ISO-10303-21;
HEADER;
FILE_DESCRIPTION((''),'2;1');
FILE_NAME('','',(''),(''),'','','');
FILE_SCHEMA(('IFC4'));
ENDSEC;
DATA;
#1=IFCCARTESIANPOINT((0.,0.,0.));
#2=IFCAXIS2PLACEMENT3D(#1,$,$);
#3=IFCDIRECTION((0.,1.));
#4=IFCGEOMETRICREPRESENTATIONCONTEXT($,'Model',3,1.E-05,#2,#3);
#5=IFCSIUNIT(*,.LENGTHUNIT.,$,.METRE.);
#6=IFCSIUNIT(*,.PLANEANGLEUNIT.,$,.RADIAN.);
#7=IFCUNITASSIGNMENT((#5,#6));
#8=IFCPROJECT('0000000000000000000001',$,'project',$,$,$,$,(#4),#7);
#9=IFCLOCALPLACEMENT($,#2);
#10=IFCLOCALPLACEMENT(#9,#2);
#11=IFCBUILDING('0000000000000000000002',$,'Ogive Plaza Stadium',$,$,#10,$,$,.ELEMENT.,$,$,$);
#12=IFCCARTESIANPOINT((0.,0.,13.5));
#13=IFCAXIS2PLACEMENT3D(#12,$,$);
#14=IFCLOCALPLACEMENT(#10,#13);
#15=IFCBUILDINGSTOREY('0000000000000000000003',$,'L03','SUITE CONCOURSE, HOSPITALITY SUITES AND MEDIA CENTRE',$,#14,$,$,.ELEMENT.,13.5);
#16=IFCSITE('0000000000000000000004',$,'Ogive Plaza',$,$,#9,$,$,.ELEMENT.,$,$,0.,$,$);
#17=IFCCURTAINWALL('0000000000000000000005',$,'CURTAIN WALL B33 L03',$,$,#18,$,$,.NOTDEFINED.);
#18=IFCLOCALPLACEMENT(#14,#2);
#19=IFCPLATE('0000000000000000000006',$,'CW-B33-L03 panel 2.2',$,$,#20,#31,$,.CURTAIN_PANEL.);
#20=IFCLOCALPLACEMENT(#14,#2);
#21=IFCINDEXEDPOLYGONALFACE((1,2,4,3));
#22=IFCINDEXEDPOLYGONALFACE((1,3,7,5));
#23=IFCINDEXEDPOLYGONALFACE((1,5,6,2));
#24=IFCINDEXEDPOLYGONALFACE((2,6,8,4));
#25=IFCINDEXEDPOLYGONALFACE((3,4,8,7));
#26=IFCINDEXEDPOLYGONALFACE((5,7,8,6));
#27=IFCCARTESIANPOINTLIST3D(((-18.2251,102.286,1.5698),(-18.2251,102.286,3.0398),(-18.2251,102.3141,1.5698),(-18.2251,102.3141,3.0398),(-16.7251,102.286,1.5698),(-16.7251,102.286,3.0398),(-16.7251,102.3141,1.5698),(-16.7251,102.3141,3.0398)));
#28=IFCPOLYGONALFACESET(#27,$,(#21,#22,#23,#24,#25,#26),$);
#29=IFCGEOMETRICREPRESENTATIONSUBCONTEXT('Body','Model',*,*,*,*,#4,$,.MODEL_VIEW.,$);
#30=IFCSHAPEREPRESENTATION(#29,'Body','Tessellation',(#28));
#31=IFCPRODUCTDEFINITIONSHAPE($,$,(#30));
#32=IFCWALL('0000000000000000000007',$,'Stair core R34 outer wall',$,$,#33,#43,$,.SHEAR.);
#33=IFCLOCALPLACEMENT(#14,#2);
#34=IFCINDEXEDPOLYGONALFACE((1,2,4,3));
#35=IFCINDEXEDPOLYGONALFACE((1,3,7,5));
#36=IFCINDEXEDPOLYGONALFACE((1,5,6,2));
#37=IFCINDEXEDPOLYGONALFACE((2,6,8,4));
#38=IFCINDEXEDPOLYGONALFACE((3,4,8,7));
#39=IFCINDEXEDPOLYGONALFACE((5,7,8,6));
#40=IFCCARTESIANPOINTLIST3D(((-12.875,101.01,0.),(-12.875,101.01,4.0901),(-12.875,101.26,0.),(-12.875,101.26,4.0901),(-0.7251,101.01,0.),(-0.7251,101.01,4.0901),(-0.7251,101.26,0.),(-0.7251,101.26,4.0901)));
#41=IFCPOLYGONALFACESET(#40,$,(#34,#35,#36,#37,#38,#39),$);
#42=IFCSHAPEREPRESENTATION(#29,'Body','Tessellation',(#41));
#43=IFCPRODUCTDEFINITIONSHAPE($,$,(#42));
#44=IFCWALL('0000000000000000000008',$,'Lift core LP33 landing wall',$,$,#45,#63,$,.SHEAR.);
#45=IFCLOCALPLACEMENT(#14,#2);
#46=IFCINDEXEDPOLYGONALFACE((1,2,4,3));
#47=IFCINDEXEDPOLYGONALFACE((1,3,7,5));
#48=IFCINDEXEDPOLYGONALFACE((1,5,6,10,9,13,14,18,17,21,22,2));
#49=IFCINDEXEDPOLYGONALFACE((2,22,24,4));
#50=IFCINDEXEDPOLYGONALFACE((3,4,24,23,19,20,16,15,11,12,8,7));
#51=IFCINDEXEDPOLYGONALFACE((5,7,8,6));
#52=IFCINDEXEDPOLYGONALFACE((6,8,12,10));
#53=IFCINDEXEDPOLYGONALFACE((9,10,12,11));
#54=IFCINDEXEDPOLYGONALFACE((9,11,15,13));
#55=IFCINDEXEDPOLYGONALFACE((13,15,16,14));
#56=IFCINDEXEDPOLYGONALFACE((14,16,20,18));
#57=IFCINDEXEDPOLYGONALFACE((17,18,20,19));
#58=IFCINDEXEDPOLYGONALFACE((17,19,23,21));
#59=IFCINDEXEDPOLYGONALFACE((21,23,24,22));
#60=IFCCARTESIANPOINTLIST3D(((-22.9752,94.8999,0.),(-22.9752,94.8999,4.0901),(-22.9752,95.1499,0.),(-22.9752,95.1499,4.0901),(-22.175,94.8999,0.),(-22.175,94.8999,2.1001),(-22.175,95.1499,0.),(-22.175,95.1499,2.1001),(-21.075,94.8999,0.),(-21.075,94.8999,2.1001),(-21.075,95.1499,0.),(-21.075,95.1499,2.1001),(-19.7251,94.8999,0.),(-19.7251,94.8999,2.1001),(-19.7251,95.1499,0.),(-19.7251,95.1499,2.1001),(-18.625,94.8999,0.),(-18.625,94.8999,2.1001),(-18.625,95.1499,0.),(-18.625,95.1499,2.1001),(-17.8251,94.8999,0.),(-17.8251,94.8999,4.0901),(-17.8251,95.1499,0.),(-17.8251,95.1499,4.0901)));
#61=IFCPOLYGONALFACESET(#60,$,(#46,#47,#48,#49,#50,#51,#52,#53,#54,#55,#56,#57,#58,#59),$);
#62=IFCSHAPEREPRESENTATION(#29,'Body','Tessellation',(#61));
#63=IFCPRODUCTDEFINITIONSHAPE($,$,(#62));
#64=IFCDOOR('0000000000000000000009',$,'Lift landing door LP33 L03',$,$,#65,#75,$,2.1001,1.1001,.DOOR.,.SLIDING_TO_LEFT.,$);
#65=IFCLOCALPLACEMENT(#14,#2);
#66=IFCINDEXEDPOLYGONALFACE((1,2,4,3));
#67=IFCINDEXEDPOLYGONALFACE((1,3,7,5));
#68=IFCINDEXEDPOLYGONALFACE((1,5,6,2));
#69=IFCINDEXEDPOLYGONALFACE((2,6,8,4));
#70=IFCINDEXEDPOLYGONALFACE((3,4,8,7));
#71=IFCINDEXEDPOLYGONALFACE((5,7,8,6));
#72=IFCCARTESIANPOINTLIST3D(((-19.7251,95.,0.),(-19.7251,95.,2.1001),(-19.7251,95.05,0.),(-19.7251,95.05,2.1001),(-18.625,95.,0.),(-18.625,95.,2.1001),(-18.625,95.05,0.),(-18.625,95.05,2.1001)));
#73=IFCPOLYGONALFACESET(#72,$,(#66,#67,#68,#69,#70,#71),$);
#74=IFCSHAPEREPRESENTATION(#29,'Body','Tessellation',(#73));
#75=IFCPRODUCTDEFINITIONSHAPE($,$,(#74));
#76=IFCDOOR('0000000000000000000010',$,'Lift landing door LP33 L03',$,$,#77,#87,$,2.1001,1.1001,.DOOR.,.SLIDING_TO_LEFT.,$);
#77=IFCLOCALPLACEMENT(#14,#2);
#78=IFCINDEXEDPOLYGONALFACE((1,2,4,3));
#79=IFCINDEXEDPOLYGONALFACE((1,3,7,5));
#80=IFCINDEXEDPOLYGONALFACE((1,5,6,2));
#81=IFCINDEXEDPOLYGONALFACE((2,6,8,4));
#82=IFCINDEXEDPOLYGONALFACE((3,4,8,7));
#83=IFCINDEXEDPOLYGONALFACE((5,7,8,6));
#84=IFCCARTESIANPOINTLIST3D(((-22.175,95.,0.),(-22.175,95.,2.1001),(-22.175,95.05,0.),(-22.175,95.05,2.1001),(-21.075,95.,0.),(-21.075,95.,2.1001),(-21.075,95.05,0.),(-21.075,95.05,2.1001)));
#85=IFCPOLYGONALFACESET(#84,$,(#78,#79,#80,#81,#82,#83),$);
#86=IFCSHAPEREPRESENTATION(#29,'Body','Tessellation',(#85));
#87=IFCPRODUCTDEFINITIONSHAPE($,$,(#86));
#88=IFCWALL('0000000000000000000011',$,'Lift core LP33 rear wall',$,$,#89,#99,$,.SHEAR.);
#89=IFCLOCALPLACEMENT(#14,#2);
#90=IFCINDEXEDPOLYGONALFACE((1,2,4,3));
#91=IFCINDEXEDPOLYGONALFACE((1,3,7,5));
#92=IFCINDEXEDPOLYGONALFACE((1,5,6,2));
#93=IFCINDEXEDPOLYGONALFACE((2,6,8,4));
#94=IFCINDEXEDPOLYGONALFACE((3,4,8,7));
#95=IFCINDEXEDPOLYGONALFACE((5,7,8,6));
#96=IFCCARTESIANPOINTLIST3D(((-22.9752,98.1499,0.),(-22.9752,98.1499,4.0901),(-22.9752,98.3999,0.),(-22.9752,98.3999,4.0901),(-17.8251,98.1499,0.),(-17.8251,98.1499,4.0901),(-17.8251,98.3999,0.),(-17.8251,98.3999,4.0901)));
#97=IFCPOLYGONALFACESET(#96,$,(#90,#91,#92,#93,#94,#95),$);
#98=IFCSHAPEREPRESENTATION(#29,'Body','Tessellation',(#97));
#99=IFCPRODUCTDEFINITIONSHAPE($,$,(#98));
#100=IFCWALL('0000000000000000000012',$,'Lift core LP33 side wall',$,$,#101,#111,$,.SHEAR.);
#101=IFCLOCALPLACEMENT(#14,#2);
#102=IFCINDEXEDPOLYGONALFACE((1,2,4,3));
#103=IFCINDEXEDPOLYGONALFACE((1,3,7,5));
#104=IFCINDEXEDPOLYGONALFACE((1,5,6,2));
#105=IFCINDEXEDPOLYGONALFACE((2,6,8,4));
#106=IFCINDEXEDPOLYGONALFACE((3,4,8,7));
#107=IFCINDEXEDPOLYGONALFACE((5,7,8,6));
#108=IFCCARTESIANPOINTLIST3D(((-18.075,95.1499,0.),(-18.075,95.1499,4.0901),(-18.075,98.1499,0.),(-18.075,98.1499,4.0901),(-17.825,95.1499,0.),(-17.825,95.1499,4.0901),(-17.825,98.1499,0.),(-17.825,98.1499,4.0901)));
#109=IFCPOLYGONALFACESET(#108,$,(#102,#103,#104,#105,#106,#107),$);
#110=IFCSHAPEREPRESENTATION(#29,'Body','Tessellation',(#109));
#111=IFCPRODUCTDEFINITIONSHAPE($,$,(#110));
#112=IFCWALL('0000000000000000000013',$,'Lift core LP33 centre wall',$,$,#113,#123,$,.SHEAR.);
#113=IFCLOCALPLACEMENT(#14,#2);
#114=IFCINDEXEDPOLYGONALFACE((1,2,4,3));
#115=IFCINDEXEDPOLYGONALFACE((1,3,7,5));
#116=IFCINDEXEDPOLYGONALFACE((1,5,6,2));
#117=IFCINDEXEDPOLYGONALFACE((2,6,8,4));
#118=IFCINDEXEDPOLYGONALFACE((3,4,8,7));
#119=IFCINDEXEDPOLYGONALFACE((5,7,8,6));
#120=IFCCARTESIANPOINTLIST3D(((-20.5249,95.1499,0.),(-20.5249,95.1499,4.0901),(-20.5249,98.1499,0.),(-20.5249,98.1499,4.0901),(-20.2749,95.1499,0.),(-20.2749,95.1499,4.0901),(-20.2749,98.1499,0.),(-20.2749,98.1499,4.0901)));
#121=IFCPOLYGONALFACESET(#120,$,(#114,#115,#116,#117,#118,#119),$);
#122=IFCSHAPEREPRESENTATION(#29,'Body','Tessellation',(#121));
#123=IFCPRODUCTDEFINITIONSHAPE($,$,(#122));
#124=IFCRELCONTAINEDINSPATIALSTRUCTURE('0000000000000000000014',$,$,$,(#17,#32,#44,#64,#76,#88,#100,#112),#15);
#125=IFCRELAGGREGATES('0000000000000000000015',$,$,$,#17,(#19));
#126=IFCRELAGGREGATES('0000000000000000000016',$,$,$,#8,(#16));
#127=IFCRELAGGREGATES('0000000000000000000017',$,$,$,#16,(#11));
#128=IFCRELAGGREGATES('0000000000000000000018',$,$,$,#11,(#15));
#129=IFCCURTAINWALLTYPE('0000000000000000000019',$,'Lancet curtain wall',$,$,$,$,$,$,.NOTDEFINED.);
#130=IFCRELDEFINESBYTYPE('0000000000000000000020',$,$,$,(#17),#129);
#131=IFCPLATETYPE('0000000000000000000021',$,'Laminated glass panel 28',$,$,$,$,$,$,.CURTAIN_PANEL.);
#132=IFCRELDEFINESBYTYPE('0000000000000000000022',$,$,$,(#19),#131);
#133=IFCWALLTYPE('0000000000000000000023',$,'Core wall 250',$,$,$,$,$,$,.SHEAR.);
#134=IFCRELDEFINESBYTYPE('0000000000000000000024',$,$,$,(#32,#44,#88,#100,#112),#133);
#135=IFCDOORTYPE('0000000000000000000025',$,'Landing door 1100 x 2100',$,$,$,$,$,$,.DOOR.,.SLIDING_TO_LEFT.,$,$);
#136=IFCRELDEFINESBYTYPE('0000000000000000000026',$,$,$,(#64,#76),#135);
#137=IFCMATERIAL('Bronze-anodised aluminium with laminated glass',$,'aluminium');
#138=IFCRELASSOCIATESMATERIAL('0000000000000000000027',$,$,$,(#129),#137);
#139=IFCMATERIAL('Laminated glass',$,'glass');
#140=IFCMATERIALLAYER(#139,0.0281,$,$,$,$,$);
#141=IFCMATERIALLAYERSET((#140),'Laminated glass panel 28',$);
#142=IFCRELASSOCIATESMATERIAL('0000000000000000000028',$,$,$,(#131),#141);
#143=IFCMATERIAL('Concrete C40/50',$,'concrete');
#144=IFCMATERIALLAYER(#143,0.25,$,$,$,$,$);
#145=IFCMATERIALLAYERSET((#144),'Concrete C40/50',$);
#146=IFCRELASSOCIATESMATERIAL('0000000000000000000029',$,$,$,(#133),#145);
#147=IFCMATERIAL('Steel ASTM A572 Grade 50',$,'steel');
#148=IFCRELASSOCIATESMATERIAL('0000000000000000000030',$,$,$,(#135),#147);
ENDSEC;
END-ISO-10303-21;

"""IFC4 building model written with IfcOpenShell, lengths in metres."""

from ifc_helpers import new_model, si_unit, direction, frame, frame_2d, origin, origin_2d, place, context, subcontext, project, spatial, rectangle, extrude, material, layer, layer_set, type_object, element, fill, aggregate, save


model = new_model("IFC4")

# Units and contexts
model_context = context("Model", 3, precision=1e-05, world=origin(), true_north=direction((0.0, 1.0)))
body_context = subcontext(model_context, "Body", "Model", "MODEL_VIEW")
ifc_project = project(units=[si_unit("LENGTHUNIT", "METRE"), si_unit("PLANEANGLEUNIT", "RADIAN")], contexts=[model_context])

# Site, building, storey
site_placement = place(None, origin())
site = spatial("IfcSite", under=ifc_project, at=site_placement, Name="Ogive Plaza", CompositionType="ELEMENT", RefElevation=0.0)
building_placement = place(site_placement, origin())
building = spatial("IfcBuilding", under=site, at=building_placement, Name="Ogive Plaza Stadium", CompositionType="ELEMENT")
storey_placement = place(building_placement, frame((0.0, 0.0, 13.5)))
storey = spatial("IfcBuildingStorey", under=building, at=storey_placement, Name="L03", Description="SUITE CONCOURSE, HOSPITALITY SUITES AND MEDIA CENTRE", CompositionType="ELEMENT", Elevation=13.5)

# Curtain wall, plate
ifc_material_1 = material(Name="Bronze-anodised aluminium with laminated glass", Category="aluminium")
curtain_wall_type = type_object("IfcCurtainWallType", Name="Lancet curtain wall", PredefinedType="NOTDEFINED", material=ifc_material_1)
curtain_wall_placement = place(storey_placement, origin())
curtain_wall = element("IfcCurtainWall", 1, at=curtain_wall_placement, inside=storey, type_object=curtain_wall_type, Name="CURTAIN WALL B33 L03", PredefinedType="NOTDEFINED")
ifc_material_2 = material(Name="Laminated glass", Category="glass")
ifc_layer_1 = layer(ifc_material_2, 0.0281)
ifc_layer_set_1 = layer_set([ifc_layer_1], Name="Laminated glass panel 28")
plate_type = type_object("IfcPlateType", Name="Laminated glass panel 28", PredefinedType="CURTAIN_PANEL", material=ifc_layer_set_1)
plate_1_placement = place(storey_placement, frame((-17.4751, 102.3, 1.5698), z_axis=(0.0, 0.0, 1.0), x_axis=(1.0, 0.0, 0.0)))
plate_1 = element("IfcPlate", 2, at=plate_1_placement, type_object=plate_type, Name="CW-B33-L03 panel 2.2", PredefinedType="CURTAIN_PANEL", context=body_context, shape_type="SweptSolid", body=[
    extrude(rectangle(XDim=1.5, YDim=0.0281, at=origin_2d()), origin(), (0.0, 0.0, 1.0), 1.47),
])
aggregate(curtain_wall, [plate_1])

# Wall
ifc_material_3 = material(Name="Concrete C40/50", Category="concrete")
ifc_layer_2 = layer(ifc_material_3, 0.25)
ifc_layer_set_2 = layer_set([ifc_layer_2], Name="Concrete C40/50")
wall_type = type_object("IfcWallType", Name="Core wall 250", PredefinedType="SHEAR", material=ifc_layer_set_2)
wall_1_placement = place(storey_placement, frame((-0.7251, 101.135, 0.0), z_axis=(0.0, 0.0, 1.0), x_axis=(-1.0, 0.0, 0.0)))
element("IfcWall", 3, at=wall_1_placement, inside=storey, type_object=wall_type, Name="Stair core R34 outer wall", PredefinedType="SHEAR", context=body_context, shape_type="SweptSolid", body=[
    extrude(rectangle(XDim=12.1499, YDim=0.25, at=frame_2d((6.075, 0.0))), origin(), (0.0, 0.0, 1.0), 4.0901),
])

# Wall, openings, doors
wall_2_placement = place(storey_placement, frame((-17.825, 95.0249, 0.0), z_axis=(0.0, 0.0, 1.0), x_axis=(-1.0, 0.0, 0.0)))
wall_2 = element("IfcWall", 4, at=wall_2_placement, inside=storey, type_object=wall_type, Name="Lift core LP33 landing wall", PredefinedType="SHEAR", context=body_context, shape_type="SweptSolid", body=[
    extrude(rectangle(XDim=5.1501, YDim=0.25, at=frame_2d((2.5752, 0.0))), origin(), (0.0, 0.0, 1.0), 4.0901),
])
opening_1_placement = place(wall_2_placement, frame((0.8, 0.0, 0.0)))
opening_1 = element("IfcOpeningElement", 5, at=opening_1_placement, cuts=wall_2, PredefinedType="OPENING", context=body_context, shape_type="SweptSolid", body=[
    extrude(rectangle(XDim=1.1001, YDim=2.1001, at=frame_2d((0.55, 1.05))), frame((0.0, 0.125, 0.0), z_axis=(0.0, -1.0, 0.0), x_axis=(1.0, 0.0, 0.0)), (0.0, 0.0, 1.0), 0.25),
])
opening_2_placement = place(wall_2_placement, frame((3.25, 0.0, 0.0)))
opening_2 = element("IfcOpeningElement", 6, at=opening_2_placement, cuts=wall_2, PredefinedType="OPENING", context=body_context, shape_type="SweptSolid", body=[
    extrude(rectangle(XDim=1.1001, YDim=2.1001, at=frame_2d((0.55, 1.05))), frame((0.0, 0.125, 0.0), z_axis=(0.0, -1.0, 0.0), x_axis=(1.0, 0.0, 0.0)), (0.0, 0.0, 1.0), 0.25),
])
ifc_material_4 = material(Name="Steel ASTM A572 Grade 50", Category="steel")
door_type = type_object("IfcDoorType", Name="Landing door 1100 x 2100", OperationType="SLIDING_TO_LEFT", PredefinedType="DOOR", material=ifc_material_4)
door_1_placement = place(opening_1_placement, origin())
door_1 = element("IfcDoor", 7, at=door_1_placement, inside=storey, type_object=door_type, Name="Lift landing door LP33 L03", OperationType="SLIDING_TO_LEFT", OverallHeight=2.1001, OverallWidth=1.1001, PredefinedType="DOOR", context=body_context, shape_type="SweptSolid", body=[
    extrude(rectangle(XDim=1.1001, YDim=2.1001, at=frame_2d((0.55, 1.05))), frame((0.0, 0.0249, 0.0), z_axis=(0.0, -1.0, 0.0), x_axis=(1.0, 0.0, 0.0)), (0.0, 0.0, 1.0), 0.05),
])
fill(opening_1, door_1)
door_2_placement = place(opening_2_placement, origin())
door_2 = element("IfcDoor", 8, at=door_2_placement, inside=storey, type_object=door_type, Name="Lift landing door LP33 L03", OperationType="SLIDING_TO_LEFT", OverallHeight=2.1001, OverallWidth=1.1001, PredefinedType="DOOR", context=body_context, shape_type="SweptSolid", body=[
    extrude(rectangle(XDim=1.1001, YDim=2.1001, at=frame_2d((0.55, 1.05))), frame((0.0, 0.0249, 0.0), z_axis=(0.0, -1.0, 0.0), x_axis=(1.0, 0.0, 0.0)), (0.0, 0.0, 1.0), 0.05),
])
fill(opening_2, door_2)

# Walls
wall_3_placement = place(storey_placement, frame((-17.825, 98.2749, 0.0), z_axis=(0.0, 0.0, 1.0), x_axis=(-1.0, 0.0, 0.0)))
element("IfcWall", 9, at=wall_3_placement, inside=storey, type_object=wall_type, Name="Lift core LP33 rear wall", PredefinedType="SHEAR", context=body_context, shape_type="SweptSolid", body=[
    extrude(rectangle(XDim=5.1501, YDim=0.25, at=frame_2d((2.5752, 0.0))), origin(), (0.0, 0.0, 1.0), 4.0901),
])
for number, where, z_axis, x_axis, name in (
    (10, (-17.95, 95.1499, 0.0), (0.0, 0.0, 1.0), (0.0, 1.0, 0.0), "Lift core LP33 side wall"),
    (11, (-20.3999, 95.1499, 0.0), (0.0, 0.0, 1.0), (0.0, 1.0, 0.0), "Lift core LP33 centre wall"),
):
    element("IfcWall", number, at=place(storey_placement, frame(where, z_axis=z_axis, x_axis=x_axis)), inside=storey, type_object=wall_type, Name=name, PredefinedType="SHEAR", context=body_context, shape_type="SweptSolid", body=[
        extrude(rectangle(XDim=3.0, YDim=0.25, at=frame_2d((1.5, 0.0))), origin(), (0.0, 0.0, 1.0), 4.0901),
    ])

save(model, "model.ifc")
